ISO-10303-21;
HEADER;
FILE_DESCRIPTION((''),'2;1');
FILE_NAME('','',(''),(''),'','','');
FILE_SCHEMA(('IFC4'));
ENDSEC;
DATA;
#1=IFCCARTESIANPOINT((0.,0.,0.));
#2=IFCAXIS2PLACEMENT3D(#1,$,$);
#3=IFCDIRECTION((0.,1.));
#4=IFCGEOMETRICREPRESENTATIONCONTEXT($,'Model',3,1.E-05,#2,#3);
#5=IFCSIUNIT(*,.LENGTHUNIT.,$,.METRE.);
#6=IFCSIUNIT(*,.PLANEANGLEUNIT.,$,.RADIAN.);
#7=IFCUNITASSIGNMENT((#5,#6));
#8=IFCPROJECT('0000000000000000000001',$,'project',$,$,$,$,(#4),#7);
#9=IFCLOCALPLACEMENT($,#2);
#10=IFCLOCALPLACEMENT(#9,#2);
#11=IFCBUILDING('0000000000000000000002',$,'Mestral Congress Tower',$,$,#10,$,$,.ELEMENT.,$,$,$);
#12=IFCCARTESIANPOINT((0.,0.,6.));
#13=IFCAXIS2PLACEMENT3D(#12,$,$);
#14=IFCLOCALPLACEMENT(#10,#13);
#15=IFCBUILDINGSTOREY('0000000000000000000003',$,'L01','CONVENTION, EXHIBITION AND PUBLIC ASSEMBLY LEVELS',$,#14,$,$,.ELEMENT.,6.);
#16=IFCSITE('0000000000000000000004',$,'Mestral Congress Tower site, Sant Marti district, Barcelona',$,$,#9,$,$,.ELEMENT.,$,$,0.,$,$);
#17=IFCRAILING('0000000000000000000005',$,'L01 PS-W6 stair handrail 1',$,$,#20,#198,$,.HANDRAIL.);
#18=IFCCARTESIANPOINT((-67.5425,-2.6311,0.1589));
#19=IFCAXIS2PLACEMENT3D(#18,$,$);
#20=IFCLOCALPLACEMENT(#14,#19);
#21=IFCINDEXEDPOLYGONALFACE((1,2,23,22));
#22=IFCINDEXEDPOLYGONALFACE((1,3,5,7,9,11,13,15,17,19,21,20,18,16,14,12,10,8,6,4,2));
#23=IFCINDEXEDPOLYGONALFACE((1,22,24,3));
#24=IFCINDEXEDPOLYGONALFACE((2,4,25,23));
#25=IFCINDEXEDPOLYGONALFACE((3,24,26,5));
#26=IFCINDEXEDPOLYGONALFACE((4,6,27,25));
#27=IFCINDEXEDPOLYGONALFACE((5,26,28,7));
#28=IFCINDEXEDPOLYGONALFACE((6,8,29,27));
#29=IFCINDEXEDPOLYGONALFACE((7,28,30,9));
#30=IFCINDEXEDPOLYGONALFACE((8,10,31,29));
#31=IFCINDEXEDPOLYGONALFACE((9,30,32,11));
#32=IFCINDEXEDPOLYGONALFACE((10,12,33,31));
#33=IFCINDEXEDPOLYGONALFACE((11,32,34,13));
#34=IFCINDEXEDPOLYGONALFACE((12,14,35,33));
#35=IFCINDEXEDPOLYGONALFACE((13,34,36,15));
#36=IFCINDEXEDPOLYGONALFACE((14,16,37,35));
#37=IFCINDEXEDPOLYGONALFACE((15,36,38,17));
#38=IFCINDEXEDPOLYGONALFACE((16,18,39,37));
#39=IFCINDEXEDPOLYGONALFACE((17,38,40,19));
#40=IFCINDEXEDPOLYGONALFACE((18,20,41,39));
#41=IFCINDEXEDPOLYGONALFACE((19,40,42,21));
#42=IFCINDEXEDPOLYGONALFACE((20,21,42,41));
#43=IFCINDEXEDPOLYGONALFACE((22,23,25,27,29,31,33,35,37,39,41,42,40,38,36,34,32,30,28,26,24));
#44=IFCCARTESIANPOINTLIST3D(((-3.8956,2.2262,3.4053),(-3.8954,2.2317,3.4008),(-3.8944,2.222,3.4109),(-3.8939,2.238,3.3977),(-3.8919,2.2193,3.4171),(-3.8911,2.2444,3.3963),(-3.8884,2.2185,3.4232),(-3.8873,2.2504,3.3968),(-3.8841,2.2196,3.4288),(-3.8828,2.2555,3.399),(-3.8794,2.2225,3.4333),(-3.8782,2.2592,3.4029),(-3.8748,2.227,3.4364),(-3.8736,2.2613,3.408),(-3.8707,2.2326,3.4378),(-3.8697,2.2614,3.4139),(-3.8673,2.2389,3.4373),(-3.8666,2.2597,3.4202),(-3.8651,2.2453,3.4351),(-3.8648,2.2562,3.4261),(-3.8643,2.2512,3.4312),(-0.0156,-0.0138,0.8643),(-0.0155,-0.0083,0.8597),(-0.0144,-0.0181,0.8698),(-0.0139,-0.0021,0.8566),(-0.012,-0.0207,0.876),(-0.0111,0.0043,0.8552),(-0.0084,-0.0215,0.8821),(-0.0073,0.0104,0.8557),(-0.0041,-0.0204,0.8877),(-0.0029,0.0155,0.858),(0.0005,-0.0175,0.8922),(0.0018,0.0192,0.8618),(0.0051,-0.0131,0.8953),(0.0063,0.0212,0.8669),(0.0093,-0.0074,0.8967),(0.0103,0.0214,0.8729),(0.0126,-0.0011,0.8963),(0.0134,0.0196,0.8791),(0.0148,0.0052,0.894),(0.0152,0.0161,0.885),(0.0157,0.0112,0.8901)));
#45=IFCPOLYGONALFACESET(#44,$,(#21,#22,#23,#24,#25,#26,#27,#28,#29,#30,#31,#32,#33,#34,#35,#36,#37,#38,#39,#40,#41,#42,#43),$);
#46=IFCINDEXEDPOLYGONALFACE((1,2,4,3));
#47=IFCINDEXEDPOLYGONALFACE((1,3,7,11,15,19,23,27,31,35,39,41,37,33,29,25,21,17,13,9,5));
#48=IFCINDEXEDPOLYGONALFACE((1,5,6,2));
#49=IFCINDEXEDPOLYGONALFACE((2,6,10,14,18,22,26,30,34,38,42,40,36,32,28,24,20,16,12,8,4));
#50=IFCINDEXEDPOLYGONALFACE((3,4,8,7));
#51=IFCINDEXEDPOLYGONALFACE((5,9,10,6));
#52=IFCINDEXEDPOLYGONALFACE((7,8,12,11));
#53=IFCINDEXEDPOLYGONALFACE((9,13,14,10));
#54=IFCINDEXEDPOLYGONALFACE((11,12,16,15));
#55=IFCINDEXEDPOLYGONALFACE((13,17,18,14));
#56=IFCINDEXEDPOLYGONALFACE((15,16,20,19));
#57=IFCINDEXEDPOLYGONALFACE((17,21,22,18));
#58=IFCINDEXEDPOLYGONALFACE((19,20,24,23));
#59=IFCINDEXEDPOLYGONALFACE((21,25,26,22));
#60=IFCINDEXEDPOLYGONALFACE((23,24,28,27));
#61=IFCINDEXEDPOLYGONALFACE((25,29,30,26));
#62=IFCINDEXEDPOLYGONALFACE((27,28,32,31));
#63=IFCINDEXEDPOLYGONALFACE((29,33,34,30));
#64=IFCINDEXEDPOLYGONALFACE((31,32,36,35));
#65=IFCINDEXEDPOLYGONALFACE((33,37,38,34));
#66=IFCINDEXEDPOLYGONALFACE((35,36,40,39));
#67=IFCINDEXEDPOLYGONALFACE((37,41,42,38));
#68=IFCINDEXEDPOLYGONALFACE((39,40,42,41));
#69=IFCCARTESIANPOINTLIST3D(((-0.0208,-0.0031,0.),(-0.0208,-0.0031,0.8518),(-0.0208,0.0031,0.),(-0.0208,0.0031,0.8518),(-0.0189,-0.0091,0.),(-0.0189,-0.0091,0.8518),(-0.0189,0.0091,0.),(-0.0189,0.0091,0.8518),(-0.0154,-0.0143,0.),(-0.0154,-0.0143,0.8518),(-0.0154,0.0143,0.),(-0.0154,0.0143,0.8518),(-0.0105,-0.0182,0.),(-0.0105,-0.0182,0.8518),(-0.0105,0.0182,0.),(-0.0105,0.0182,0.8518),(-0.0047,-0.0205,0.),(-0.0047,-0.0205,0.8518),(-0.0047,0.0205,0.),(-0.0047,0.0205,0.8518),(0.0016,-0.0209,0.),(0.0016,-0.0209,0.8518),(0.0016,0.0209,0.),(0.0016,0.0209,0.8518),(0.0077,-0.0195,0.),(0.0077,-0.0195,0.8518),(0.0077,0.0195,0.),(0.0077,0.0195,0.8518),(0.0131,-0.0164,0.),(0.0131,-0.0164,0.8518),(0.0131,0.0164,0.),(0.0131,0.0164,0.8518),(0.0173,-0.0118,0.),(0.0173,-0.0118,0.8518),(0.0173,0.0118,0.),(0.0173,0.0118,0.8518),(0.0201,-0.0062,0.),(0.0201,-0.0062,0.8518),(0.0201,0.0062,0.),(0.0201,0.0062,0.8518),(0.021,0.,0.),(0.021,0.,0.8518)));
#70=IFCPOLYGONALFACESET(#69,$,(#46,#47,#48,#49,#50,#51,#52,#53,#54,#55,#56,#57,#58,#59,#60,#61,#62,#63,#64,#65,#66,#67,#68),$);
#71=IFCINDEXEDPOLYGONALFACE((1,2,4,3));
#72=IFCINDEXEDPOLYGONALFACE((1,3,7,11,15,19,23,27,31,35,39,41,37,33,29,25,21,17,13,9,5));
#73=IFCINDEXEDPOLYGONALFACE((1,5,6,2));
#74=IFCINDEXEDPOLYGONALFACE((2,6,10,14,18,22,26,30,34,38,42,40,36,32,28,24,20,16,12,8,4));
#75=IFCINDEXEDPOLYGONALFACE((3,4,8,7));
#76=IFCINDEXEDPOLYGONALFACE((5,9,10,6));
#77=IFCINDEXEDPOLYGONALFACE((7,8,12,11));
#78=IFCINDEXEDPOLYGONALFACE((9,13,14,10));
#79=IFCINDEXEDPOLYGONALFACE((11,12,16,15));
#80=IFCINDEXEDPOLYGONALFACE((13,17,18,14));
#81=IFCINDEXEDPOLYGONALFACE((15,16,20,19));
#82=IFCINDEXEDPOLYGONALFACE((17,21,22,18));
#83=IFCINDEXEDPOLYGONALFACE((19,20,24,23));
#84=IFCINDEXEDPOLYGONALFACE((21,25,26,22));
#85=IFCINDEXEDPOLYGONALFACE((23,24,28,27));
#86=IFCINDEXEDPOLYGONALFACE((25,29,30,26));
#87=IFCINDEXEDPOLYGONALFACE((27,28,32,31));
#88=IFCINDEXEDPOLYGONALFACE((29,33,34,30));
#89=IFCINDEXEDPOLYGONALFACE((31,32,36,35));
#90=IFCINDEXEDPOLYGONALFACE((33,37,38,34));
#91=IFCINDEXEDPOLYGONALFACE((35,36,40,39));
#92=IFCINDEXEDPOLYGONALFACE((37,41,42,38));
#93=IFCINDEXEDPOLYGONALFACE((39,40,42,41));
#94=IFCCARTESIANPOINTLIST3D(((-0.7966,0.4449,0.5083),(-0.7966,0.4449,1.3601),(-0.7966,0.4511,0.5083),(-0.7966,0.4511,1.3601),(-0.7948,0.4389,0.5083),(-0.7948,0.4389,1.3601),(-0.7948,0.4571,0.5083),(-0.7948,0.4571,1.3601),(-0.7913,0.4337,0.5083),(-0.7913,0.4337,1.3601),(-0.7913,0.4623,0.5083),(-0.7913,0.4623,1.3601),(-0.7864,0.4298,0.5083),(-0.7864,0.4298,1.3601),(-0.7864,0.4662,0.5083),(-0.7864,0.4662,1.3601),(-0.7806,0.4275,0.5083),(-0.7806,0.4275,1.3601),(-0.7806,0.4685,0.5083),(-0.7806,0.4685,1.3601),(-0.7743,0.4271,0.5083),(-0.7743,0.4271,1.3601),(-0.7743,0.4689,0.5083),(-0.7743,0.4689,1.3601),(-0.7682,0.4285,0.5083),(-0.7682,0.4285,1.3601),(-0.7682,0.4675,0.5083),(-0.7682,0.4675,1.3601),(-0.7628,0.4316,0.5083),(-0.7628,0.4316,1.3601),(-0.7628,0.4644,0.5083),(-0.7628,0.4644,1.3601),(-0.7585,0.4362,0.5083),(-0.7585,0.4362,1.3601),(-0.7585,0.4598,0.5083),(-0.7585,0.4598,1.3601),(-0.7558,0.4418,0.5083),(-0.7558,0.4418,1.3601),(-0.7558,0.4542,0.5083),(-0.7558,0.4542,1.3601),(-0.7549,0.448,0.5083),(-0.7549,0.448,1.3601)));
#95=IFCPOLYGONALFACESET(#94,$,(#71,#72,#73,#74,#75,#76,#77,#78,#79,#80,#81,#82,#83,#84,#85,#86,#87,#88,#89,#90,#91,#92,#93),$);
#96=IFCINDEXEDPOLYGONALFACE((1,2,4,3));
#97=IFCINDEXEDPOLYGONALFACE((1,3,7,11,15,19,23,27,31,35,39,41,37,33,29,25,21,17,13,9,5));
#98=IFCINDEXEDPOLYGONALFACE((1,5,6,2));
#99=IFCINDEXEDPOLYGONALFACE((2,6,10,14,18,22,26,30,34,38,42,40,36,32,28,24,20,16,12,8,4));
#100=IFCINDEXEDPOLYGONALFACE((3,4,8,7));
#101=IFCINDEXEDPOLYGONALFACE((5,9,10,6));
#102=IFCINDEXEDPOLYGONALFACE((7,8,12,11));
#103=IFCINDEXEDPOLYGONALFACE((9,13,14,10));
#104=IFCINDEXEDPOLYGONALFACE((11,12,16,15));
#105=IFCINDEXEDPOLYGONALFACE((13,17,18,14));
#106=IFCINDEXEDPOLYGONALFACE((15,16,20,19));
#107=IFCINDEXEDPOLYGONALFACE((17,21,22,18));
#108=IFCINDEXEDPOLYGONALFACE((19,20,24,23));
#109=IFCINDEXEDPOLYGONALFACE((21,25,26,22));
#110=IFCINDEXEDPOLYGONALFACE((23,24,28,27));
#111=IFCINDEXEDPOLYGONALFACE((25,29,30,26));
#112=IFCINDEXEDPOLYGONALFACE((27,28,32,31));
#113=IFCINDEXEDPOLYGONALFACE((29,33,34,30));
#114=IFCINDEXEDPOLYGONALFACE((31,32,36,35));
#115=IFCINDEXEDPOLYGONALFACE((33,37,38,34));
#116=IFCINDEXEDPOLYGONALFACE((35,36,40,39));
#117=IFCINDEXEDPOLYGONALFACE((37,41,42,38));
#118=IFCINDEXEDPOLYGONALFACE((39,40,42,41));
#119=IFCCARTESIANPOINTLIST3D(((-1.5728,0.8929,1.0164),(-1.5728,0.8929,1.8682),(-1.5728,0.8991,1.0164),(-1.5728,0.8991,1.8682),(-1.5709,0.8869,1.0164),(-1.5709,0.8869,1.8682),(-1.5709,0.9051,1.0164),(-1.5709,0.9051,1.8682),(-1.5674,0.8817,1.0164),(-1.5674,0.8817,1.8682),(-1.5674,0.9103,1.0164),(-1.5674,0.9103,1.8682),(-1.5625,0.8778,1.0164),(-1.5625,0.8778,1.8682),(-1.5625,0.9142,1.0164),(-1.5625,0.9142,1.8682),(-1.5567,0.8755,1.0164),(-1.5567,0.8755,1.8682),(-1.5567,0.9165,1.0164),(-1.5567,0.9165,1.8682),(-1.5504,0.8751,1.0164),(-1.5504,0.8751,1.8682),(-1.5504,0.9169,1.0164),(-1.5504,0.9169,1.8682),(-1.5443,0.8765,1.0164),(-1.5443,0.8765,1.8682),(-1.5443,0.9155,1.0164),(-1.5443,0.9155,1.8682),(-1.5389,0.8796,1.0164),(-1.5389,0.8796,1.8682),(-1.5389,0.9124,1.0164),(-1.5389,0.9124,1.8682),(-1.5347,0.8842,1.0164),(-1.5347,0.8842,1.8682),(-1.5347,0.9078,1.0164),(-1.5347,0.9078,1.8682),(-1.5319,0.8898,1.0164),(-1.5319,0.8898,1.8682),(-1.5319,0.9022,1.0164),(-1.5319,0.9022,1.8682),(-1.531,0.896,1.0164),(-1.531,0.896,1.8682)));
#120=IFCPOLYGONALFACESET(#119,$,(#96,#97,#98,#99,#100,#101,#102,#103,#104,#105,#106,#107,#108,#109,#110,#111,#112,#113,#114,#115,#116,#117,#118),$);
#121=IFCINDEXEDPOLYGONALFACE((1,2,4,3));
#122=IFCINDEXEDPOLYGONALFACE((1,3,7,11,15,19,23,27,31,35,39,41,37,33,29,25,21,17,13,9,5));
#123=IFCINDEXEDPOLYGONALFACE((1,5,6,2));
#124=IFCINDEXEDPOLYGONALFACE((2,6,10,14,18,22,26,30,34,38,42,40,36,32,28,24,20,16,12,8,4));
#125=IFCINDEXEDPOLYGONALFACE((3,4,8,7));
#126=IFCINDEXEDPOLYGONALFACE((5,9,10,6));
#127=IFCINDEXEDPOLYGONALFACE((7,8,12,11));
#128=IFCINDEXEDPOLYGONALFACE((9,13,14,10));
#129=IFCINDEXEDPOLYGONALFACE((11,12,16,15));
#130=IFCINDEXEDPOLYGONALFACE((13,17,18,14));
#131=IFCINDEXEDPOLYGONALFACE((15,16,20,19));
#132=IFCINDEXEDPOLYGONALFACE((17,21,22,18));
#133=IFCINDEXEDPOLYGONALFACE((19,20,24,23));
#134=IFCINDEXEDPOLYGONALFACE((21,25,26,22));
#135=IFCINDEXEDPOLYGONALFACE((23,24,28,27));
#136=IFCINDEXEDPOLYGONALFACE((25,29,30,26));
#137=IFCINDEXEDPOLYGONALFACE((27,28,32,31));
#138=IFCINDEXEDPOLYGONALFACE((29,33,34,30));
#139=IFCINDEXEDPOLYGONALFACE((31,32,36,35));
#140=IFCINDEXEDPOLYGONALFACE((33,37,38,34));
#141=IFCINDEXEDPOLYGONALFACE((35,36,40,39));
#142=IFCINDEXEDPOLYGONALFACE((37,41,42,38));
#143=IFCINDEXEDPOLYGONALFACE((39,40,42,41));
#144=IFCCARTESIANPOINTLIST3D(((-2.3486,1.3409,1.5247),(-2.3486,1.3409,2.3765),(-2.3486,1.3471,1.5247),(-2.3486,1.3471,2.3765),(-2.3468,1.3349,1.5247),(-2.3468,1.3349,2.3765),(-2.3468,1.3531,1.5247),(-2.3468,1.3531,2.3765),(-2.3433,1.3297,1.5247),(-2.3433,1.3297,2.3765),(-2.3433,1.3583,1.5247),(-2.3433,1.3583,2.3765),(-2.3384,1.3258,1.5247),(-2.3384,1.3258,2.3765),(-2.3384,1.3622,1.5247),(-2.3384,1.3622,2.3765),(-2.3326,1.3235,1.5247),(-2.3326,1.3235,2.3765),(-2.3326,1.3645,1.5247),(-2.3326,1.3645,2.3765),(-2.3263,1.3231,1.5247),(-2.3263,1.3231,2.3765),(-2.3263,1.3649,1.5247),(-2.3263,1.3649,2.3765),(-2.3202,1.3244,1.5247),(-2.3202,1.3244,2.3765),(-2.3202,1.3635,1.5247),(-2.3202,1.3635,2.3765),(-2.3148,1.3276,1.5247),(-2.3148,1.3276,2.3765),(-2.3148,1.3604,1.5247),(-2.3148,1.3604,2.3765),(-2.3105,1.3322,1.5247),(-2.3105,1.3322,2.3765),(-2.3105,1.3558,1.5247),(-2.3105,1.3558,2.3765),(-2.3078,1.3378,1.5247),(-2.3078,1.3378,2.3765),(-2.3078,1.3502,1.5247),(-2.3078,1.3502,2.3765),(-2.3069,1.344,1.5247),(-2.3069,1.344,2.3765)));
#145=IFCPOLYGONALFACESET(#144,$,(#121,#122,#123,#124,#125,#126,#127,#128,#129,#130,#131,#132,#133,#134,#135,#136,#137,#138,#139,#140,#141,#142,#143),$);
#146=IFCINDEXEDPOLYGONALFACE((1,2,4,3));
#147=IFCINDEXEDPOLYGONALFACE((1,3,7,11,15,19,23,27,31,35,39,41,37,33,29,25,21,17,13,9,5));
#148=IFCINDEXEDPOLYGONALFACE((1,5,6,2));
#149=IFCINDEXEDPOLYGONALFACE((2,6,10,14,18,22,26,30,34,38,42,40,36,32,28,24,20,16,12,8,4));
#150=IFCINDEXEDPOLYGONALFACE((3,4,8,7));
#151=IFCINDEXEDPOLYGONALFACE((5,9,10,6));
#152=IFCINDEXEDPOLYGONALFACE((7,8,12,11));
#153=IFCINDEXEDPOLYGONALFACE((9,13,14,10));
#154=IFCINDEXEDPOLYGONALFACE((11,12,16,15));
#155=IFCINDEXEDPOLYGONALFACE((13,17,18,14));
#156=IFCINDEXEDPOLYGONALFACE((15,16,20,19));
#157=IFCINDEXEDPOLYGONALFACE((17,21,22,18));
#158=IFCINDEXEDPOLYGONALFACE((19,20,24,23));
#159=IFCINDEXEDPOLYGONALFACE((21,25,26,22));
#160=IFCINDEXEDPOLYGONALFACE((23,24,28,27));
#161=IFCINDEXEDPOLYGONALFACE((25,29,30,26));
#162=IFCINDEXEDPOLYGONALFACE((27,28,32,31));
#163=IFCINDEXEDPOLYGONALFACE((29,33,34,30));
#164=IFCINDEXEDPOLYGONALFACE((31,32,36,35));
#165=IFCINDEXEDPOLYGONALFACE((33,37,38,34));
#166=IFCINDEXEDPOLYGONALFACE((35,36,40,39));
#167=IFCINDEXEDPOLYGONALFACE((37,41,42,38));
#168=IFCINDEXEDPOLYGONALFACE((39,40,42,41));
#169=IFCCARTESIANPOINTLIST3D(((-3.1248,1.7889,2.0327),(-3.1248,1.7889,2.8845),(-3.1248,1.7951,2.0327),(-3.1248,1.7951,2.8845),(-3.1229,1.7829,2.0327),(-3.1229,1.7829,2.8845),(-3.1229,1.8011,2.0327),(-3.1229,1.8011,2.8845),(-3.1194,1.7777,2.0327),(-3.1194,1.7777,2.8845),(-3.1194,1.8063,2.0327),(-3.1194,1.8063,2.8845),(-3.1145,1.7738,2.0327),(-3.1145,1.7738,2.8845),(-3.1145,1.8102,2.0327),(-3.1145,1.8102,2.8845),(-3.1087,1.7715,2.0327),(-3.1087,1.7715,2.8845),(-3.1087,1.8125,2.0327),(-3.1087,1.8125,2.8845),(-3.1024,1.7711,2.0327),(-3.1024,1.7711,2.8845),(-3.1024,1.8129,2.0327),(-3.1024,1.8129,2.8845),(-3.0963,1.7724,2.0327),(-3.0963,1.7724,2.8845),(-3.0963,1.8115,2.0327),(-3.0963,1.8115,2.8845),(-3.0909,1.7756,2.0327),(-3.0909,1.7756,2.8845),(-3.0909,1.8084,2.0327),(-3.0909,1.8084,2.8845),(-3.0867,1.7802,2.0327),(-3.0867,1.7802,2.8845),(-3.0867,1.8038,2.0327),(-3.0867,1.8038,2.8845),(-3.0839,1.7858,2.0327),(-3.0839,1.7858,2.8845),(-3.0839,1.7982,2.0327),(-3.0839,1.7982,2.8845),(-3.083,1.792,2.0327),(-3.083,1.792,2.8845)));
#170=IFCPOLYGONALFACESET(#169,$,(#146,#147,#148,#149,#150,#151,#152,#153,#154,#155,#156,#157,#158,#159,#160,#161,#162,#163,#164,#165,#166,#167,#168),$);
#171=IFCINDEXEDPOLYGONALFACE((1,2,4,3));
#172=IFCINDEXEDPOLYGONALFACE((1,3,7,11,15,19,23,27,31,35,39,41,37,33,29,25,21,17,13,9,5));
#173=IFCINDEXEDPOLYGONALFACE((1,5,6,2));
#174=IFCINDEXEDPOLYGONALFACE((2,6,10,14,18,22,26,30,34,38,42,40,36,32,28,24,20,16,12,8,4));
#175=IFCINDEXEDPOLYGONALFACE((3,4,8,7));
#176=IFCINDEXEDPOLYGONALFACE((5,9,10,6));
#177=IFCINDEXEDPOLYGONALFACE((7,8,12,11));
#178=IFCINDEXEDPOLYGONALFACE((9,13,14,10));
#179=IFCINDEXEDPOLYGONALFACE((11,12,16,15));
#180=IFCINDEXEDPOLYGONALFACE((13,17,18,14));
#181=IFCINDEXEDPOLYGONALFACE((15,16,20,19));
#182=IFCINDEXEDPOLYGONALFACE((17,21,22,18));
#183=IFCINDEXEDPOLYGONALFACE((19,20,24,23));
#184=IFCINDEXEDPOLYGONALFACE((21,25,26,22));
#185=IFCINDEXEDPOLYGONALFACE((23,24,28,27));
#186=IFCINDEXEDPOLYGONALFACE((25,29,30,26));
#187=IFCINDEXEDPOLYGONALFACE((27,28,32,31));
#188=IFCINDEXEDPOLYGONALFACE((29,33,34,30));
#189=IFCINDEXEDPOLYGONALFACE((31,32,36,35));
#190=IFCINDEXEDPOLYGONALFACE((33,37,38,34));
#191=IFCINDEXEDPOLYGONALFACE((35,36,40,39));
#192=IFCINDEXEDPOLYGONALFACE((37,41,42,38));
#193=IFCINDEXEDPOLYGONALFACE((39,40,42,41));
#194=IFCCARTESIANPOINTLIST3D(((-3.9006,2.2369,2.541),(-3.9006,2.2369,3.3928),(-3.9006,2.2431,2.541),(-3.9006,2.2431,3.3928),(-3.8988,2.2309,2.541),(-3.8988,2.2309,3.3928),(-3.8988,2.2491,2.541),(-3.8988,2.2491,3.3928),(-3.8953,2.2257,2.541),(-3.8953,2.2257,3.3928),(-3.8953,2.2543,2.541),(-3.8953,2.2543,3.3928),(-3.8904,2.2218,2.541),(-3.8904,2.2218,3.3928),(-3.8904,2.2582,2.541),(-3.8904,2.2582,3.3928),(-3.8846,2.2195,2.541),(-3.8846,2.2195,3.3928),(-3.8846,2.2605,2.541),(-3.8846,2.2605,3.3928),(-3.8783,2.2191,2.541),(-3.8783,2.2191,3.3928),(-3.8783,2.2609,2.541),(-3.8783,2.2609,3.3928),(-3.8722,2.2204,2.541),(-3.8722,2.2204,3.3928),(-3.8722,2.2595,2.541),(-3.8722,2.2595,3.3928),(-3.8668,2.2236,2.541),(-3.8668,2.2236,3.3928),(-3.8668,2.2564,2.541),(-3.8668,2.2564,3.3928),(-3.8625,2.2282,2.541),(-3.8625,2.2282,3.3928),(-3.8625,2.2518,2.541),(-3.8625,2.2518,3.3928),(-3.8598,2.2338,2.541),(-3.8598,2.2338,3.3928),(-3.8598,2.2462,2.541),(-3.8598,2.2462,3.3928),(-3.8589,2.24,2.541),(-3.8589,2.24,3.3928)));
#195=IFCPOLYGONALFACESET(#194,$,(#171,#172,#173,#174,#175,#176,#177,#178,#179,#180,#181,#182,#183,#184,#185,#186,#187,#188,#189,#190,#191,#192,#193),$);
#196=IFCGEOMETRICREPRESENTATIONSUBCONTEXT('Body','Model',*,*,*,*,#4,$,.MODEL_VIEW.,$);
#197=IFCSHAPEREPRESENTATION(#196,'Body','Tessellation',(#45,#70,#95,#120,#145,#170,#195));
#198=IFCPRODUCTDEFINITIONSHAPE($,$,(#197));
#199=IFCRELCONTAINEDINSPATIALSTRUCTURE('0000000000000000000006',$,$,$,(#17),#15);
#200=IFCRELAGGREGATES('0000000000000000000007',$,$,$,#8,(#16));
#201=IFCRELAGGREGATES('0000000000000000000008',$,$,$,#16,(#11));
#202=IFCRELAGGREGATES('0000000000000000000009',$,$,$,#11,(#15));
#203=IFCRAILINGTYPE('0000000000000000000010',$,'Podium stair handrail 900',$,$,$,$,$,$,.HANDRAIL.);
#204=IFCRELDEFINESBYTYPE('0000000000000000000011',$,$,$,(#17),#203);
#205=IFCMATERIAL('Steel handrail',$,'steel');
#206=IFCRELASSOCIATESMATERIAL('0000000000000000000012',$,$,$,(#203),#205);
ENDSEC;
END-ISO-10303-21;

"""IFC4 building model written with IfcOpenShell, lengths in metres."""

from ifc_helpers import new_model, si_unit, direction, frame, origin, origin_2d, place, context, subcontext, project, spatial, circle, extrude, material, type_object, element, save


model = new_model("IFC4")

# Units and contexts
model_context = context("Model", 3, precision=1e-05, world=origin(), true_north=direction((0.0, 1.0)))
body_context = subcontext(model_context, "Body", "Model", "MODEL_VIEW")
ifc_project = project(units=[si_unit("LENGTHUNIT", "METRE"), si_unit("PLANEANGLEUNIT", "RADIAN")], contexts=[model_context])

# Site, building, storey
site_placement = place(None, origin())
site = spatial("IfcSite", under=ifc_project, at=site_placement, Name="Mestral Congress Tower site, Sant Marti district, Barcelona", CompositionType="ELEMENT", RefElevation=0.0)
building_placement = place(site_placement, origin())
building = spatial("IfcBuilding", under=site, at=building_placement, Name="Mestral Congress Tower", CompositionType="ELEMENT")
storey_placement = place(building_placement, frame((0.0, 0.0, 6.0)))
storey = spatial("IfcBuildingStorey", under=building, at=storey_placement, Name="L01", Description="CONVENTION, EXHIBITION AND PUBLIC ASSEMBLY LEVELS", CompositionType="ELEMENT", Elevation=6.0)

# Railing
ifc_material_1 = material(Name="Steel handrail", Category="steel")
railing_type_1 = type_object("IfcRailingType", Name="Podium stair handrail 900", PredefinedType="HANDRAIL", material=ifc_material_1)
railing_1_placement = place(storey_placement, frame((-67.5425, -2.6311, 0.1589)))
element("IfcRailing", 1, at=railing_1_placement, inside=storey, type_object=railing_type_1, Name="L01 PS-W6 stair handrail 1", PredefinedType="HANDRAIL", context=body_context, shape_type="SweptSolid", body=[
    extrude(circle(Radius=0.0239, at=origin_2d()), frame((0.0, 0.0, 0.876), z_axis=(-0.7533, 0.434906, 0.493352), x_axis=(-0.49999, -0.866031, 0.0)), (0.0, 0.0, 1.0), 5.1506),
    extrude(circle(Radius=0.021, at=origin_2d()), origin(), (0.0, 0.0, 1.0), 0.8518),
    extrude(circle(Radius=0.021, at=origin_2d()), frame((-0.7759, 0.448, 0.5083)), (0.0, 0.0, 1.0), 0.8518),
    extrude(circle(Radius=0.021, at=origin_2d()), frame((-1.552, 0.896, 1.0164)), (0.0, 0.0, 1.0), 0.8518),
    extrude(circle(Radius=0.021, at=origin_2d()), frame((-2.3279, 1.344, 1.5247)), (0.0, 0.0, 1.0), 0.8518),
    extrude(circle(Radius=0.021, at=origin_2d()), frame((-3.104, 1.792, 2.0327)), (0.0, 0.0, 1.0), 0.8518),
    extrude(circle(Radius=0.021, at=origin_2d()), frame((-3.8799, 2.24, 2.541)), (0.0, 0.0, 1.0), 0.8518),
])

save(model, "model.ifc")
